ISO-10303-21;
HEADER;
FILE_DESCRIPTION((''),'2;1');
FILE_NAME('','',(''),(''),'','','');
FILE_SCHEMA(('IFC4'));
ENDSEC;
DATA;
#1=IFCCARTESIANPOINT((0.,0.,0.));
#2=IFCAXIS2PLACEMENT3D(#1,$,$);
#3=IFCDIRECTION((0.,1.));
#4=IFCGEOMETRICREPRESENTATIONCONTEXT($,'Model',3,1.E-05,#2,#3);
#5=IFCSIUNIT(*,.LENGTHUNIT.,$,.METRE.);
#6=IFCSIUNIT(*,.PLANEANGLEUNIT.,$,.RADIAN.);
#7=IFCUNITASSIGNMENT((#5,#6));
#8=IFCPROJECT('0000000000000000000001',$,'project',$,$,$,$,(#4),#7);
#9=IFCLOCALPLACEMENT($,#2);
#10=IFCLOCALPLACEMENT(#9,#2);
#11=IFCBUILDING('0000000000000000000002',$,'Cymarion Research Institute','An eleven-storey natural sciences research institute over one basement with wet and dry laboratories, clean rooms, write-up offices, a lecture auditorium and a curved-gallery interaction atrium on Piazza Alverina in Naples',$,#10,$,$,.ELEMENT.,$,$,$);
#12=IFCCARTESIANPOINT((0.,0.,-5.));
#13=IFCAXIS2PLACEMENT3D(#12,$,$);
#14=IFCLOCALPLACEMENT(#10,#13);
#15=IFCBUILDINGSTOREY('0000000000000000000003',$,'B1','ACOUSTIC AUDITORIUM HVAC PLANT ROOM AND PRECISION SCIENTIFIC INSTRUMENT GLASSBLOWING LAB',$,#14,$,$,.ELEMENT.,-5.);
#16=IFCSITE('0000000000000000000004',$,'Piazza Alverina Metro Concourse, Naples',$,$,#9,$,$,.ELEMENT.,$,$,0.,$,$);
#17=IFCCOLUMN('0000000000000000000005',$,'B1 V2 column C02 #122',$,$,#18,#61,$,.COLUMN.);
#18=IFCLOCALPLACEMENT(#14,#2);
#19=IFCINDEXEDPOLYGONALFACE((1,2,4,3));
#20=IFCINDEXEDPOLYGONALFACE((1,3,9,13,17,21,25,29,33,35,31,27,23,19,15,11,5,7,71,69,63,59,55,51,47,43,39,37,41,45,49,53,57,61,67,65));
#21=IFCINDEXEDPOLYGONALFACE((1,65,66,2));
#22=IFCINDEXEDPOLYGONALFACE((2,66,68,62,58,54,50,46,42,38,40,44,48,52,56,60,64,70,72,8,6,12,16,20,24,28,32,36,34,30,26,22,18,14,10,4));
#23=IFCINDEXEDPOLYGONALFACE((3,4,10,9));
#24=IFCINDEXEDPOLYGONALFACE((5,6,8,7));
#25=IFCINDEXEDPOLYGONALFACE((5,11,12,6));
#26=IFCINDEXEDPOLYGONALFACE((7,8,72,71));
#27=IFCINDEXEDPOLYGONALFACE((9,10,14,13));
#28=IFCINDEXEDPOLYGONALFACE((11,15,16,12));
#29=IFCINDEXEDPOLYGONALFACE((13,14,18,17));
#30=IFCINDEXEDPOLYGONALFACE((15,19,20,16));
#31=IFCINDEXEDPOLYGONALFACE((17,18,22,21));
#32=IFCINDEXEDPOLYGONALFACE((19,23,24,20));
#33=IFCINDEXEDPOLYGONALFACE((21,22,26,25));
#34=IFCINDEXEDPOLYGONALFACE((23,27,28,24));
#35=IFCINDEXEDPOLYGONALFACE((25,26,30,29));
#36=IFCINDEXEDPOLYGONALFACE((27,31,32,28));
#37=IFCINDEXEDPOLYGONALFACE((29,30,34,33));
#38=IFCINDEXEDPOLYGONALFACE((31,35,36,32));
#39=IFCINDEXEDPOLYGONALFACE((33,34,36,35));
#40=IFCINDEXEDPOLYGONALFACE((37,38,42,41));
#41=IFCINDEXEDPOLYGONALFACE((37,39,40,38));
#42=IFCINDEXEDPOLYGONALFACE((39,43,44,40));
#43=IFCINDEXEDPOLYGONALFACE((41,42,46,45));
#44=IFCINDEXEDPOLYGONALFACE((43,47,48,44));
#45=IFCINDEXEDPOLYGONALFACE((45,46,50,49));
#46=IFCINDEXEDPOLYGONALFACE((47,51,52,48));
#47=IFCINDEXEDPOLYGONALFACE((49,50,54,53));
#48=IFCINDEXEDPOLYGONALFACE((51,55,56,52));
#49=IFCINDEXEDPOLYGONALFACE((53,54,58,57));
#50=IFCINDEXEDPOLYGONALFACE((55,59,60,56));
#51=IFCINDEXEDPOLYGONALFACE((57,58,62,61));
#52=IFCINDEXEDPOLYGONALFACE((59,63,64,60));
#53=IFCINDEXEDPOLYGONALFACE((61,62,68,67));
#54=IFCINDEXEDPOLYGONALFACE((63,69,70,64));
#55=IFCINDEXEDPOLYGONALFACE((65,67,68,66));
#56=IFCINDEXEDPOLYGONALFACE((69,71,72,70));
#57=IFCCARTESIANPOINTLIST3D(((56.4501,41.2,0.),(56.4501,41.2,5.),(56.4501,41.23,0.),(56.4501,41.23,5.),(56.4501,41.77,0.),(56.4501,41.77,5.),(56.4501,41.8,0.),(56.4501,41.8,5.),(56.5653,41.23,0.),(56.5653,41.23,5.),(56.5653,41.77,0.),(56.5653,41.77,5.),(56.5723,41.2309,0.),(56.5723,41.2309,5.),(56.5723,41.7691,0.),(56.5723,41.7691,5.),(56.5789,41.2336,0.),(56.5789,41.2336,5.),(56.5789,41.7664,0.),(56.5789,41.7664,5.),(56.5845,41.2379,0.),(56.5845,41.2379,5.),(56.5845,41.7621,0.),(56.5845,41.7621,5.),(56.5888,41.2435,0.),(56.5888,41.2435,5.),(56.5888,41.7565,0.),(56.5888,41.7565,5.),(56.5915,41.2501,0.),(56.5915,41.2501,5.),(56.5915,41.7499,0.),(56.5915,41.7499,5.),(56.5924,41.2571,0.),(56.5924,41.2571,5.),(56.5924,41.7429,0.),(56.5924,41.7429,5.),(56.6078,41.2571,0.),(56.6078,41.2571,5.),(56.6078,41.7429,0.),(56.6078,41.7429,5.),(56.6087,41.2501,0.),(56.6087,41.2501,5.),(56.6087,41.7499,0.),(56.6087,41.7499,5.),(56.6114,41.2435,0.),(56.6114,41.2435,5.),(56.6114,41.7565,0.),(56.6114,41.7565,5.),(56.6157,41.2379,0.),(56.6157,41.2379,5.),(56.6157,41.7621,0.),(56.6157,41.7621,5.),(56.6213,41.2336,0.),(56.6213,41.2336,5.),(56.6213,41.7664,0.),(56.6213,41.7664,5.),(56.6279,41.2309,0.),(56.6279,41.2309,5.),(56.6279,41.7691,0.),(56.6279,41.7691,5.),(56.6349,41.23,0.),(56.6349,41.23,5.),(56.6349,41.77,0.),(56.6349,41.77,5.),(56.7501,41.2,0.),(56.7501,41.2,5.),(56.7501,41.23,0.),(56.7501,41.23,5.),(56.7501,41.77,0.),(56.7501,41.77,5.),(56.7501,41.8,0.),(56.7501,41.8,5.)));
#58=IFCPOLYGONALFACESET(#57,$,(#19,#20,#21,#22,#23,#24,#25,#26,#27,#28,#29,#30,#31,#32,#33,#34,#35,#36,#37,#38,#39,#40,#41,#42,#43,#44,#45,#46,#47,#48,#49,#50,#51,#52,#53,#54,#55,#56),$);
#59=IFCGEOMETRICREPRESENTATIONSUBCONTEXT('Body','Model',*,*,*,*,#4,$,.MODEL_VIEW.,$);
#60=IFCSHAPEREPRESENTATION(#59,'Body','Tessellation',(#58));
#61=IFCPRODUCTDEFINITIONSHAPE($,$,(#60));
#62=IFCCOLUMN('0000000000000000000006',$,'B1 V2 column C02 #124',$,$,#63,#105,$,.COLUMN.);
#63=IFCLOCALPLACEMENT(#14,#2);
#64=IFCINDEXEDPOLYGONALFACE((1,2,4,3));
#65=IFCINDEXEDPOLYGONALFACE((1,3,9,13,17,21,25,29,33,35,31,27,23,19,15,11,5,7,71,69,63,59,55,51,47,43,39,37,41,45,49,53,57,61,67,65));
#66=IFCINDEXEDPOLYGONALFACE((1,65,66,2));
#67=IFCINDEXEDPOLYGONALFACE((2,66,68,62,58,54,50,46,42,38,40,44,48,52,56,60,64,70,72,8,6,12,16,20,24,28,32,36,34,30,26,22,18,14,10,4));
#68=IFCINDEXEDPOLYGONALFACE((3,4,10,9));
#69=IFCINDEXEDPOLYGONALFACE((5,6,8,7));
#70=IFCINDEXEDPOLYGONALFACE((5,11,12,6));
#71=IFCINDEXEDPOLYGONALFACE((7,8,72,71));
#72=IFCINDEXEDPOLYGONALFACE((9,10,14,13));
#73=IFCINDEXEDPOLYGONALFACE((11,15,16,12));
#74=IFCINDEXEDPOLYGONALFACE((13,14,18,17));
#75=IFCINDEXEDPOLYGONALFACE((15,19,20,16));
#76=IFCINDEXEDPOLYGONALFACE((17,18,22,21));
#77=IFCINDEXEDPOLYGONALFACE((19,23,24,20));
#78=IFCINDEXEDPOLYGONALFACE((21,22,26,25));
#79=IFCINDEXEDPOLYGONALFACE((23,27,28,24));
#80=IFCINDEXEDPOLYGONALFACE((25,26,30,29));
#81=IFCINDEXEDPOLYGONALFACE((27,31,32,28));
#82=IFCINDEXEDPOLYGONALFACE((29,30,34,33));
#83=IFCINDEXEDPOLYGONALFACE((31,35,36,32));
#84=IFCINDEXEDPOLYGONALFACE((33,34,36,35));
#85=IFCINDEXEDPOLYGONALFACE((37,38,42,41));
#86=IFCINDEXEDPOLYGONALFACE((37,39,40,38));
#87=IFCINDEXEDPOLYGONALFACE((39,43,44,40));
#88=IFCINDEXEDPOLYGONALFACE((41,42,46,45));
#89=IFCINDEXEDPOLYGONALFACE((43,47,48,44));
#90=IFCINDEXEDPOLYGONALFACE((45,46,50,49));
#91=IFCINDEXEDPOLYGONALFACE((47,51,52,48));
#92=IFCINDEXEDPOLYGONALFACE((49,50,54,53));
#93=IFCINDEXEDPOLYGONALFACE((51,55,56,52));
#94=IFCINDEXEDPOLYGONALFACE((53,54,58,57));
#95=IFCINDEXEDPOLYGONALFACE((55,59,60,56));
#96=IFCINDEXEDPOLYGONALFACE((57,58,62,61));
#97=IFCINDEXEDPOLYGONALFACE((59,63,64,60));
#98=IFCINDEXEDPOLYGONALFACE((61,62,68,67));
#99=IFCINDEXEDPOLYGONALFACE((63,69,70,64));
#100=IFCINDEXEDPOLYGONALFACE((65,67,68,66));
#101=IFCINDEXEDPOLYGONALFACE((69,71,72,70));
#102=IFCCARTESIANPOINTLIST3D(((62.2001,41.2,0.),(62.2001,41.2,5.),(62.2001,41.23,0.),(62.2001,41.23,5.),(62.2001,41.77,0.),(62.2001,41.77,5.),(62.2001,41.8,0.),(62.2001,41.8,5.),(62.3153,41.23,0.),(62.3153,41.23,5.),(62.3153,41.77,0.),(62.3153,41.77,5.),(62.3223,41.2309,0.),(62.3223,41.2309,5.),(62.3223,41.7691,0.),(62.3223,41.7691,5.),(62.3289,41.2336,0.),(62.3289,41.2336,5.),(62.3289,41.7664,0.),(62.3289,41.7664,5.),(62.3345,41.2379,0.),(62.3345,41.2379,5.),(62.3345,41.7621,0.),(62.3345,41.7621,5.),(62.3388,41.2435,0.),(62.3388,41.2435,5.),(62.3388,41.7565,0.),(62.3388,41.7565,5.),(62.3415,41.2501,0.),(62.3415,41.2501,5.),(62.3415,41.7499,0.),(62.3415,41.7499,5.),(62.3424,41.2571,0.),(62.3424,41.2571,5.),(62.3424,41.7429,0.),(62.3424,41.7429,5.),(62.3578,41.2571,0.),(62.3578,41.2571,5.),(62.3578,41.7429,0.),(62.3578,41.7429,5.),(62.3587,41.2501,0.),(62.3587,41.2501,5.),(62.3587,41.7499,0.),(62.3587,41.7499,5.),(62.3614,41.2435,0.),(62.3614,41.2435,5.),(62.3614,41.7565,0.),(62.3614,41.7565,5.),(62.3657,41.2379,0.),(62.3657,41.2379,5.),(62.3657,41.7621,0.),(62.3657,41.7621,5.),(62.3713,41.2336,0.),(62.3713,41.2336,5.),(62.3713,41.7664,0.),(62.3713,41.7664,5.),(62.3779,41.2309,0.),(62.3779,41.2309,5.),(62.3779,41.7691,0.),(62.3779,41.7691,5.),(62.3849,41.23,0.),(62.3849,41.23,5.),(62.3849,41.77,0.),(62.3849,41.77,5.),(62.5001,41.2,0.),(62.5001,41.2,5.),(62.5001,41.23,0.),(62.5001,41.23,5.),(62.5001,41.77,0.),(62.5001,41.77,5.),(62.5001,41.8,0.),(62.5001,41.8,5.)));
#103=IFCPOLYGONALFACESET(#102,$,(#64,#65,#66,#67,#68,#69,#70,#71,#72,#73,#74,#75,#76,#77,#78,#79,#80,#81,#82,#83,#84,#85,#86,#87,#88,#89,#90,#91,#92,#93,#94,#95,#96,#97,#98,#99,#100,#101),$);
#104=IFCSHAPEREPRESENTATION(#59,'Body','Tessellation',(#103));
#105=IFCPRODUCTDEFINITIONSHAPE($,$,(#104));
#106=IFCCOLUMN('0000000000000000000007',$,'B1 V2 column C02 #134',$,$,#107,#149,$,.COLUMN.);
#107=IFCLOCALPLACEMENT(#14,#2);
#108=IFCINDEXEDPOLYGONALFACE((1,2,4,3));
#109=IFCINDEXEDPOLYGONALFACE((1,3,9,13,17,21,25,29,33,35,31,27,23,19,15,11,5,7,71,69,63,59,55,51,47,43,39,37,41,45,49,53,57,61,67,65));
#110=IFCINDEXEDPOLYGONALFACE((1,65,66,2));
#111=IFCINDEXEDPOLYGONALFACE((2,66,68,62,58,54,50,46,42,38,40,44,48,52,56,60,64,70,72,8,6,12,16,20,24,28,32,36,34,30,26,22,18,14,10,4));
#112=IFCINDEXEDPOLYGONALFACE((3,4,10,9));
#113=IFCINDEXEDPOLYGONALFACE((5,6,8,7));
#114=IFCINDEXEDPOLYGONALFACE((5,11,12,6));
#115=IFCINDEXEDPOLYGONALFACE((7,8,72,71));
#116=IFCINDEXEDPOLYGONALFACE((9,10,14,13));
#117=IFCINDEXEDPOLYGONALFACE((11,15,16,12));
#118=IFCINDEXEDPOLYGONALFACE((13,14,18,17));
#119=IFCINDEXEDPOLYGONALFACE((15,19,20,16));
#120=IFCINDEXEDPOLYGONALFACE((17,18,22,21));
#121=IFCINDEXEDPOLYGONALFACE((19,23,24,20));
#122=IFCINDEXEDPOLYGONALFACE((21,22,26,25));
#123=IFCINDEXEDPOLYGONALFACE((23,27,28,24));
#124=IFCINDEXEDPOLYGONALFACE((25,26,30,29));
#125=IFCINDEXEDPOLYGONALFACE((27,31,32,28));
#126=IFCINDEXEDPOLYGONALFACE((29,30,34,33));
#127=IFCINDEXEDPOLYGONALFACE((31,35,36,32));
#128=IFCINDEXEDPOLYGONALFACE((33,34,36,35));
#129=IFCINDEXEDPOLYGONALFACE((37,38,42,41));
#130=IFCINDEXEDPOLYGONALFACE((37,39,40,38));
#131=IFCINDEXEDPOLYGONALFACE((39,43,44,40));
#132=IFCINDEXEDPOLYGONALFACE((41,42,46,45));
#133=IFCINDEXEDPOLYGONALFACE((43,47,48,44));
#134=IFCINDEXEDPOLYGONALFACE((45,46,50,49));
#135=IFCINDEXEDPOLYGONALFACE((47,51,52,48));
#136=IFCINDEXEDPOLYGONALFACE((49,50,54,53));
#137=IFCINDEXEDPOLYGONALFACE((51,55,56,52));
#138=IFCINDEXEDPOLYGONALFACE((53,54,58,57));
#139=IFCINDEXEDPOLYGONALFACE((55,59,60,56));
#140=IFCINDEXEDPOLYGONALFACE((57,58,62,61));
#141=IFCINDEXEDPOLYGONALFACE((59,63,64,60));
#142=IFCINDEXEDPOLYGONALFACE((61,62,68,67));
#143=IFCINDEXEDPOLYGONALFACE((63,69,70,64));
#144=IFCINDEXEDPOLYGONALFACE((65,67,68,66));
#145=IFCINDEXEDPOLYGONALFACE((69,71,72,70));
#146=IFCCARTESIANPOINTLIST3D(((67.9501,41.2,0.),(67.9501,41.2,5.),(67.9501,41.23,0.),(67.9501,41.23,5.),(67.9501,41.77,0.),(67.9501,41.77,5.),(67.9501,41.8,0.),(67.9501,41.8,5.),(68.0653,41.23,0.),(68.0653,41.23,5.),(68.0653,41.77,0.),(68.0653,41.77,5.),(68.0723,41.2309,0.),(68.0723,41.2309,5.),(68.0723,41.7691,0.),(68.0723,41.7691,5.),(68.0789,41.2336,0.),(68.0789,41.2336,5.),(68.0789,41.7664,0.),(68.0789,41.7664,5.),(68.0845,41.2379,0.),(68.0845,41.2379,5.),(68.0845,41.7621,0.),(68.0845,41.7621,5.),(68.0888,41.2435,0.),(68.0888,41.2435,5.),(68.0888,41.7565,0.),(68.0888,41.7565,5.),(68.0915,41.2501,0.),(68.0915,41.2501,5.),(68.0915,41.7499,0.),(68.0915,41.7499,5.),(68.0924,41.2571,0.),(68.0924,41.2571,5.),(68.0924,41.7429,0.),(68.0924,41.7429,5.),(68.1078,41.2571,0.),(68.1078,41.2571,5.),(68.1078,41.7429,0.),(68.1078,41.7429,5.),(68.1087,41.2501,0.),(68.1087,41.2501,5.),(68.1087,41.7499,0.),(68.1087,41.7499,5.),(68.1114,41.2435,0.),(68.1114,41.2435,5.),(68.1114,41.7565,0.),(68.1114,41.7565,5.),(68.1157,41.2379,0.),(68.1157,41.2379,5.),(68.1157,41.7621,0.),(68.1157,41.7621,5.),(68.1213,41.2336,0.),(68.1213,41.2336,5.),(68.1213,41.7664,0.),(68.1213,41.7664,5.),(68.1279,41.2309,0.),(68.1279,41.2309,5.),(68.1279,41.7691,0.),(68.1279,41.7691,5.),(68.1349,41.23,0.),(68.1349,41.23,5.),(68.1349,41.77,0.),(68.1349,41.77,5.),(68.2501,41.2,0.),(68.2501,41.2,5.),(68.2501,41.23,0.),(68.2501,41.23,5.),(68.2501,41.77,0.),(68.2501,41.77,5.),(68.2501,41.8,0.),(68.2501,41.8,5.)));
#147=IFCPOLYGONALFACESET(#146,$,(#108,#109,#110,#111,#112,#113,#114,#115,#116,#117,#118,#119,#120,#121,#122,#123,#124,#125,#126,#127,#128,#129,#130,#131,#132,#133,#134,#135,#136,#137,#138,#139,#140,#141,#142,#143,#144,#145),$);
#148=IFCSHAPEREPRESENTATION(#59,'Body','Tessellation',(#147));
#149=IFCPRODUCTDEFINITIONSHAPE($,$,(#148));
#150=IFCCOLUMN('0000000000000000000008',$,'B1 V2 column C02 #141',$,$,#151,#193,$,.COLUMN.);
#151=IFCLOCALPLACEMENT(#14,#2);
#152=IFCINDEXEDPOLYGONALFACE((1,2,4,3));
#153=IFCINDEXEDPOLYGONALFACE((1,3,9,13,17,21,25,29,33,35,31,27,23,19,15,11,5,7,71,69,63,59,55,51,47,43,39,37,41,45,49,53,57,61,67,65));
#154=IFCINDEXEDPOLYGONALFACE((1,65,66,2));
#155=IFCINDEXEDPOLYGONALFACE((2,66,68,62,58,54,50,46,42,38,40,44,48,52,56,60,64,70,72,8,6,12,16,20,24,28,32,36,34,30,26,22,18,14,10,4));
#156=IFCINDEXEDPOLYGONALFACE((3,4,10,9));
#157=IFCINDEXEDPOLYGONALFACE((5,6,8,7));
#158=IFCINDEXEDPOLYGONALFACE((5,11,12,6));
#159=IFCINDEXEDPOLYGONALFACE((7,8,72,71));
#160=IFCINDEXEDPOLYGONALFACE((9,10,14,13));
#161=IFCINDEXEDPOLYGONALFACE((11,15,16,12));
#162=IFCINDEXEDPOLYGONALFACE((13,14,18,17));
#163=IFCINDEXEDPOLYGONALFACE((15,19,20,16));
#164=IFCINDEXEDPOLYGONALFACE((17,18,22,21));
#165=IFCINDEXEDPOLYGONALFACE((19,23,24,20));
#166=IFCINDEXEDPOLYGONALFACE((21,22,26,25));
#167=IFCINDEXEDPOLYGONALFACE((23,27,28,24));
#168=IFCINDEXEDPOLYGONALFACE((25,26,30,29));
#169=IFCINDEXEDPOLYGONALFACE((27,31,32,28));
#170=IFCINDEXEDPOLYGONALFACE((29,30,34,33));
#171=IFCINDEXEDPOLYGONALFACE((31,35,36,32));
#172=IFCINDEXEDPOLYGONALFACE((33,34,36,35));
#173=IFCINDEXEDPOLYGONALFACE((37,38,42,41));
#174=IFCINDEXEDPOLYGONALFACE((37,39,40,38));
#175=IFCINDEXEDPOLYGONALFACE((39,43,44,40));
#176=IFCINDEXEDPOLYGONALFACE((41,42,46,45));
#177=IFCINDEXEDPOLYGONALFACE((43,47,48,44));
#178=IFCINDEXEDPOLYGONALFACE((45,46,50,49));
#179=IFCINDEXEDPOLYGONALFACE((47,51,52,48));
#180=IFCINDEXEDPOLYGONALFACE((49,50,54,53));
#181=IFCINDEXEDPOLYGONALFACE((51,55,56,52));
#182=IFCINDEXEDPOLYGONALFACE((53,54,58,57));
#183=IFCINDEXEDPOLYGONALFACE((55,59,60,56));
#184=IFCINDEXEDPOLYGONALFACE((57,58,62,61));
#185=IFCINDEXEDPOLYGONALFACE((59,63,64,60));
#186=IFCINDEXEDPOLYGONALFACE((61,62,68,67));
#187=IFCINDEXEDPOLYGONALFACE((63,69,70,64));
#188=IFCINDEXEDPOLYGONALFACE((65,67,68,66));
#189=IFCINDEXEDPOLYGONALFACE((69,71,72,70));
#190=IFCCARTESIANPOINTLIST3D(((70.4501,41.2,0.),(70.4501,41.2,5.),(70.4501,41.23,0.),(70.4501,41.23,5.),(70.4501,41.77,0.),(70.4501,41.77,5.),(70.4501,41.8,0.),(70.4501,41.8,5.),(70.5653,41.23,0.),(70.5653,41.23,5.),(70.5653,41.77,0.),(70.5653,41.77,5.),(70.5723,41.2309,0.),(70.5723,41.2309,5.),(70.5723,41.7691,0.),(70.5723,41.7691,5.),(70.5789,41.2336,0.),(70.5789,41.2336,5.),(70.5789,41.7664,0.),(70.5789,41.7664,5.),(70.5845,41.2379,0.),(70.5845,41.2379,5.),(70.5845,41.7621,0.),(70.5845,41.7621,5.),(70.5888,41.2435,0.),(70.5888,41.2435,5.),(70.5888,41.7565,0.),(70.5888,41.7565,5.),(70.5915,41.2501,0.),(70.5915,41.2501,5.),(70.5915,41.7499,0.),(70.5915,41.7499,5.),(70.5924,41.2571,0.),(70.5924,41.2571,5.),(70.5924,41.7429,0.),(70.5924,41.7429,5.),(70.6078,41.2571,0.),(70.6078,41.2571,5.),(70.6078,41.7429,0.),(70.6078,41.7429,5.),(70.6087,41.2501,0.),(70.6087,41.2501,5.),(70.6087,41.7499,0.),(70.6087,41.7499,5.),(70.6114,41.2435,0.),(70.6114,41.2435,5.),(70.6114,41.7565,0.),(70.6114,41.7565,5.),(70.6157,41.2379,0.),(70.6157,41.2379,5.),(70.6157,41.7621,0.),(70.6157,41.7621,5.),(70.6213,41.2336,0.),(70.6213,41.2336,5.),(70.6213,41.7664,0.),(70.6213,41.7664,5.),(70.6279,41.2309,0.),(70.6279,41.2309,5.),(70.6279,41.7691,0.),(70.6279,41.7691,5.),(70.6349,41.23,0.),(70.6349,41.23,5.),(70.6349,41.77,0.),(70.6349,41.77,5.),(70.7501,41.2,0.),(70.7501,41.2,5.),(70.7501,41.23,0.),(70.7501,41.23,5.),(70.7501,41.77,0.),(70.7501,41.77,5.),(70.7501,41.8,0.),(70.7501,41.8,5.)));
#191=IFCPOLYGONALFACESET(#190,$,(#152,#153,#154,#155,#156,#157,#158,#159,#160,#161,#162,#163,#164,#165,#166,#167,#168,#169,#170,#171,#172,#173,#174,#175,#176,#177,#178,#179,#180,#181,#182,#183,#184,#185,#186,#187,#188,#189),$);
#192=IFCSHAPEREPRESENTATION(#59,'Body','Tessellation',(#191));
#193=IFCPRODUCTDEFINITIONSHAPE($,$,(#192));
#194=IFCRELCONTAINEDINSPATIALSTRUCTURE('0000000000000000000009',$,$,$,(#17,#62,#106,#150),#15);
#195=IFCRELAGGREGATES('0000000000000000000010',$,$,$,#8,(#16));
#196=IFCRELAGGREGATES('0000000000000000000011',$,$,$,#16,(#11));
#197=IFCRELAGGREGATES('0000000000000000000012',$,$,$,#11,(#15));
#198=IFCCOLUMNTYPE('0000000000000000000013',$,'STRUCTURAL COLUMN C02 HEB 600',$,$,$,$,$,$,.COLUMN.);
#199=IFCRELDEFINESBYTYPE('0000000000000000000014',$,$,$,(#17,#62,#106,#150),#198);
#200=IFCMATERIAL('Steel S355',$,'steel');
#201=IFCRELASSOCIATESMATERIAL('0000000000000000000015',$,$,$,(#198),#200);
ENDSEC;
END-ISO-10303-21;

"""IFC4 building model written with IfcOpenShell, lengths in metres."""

from ifc_helpers import new_model, si_unit, direction, frame, origin, origin_2d, place, context, subcontext, project, spatial, i_section, extrude, material, material_profile, profile_set, type_object, element, save


model = new_model("IFC4")

# Units and contexts
model_context = context("Model", 3, precision=1e-05, world=origin(), true_north=direction((0.0, 1.0)))
body_context = subcontext(model_context, "Body", "Model", "MODEL_VIEW")
ifc_project = project(units=[si_unit("LENGTHUNIT", "METRE"), si_unit("PLANEANGLEUNIT", "RADIAN")], contexts=[model_context])

# Site, building, storey
site_placement = place(None, origin())
site = spatial("IfcSite", under=ifc_project, at=site_placement, Name="Piazza Alverina Metro Concourse, Naples", CompositionType="ELEMENT", RefElevation=0.0)
building_placement = place(site_placement, origin())
building = spatial("IfcBuilding", under=site, at=building_placement, Name="Cymarion Research Institute", Description="An eleven-storey natural sciences research institute over one basement with wet and dry laboratories, clean rooms, write-up offices, a lecture auditorium and a curved-gallery interaction atrium on Piazza Alverina in Naples", CompositionType="ELEMENT")
storey_placement = place(building_placement, frame((0.0, 0.0, -5.0)))
storey = spatial("IfcBuildingStorey", under=building, at=storey_placement, Name="B1", Description="ACOUSTIC AUDITORIUM HVAC PLANT ROOM AND PRECISION SCIENTIFIC INSTRUMENT GLASSBLOWING LAB", CompositionType="ELEMENT", Elevation=-5.0)

# Columns
ifc_material_1 = material(Name="Steel S355", Category="steel")
ifc_material_profile_1 = material_profile(ifc_material_1, i_section(OverallWidth=0.3, OverallDepth=0.6001, WebThickness=0.0154, FlangeThickness=0.03, FilletRadius=0.0271, at=origin_2d()), Name="HEB 600")
ifc_profile_set_1 = profile_set([ifc_material_profile_1], Name="Steel S355")
column_type_1 = type_object("IfcColumnType", Name="STRUCTURAL COLUMN C02 HEB 600", PredefinedType="COLUMN", material=ifc_profile_set_1)
for number, where, z_axis, x_axis, name in (
    (1, (56.6001, 41.5, 0.0), (0.0, 0.0, 1.0), (1.0, 0.0, 0.0), "B1 V2 column C02 #122"),
    (2, (62.3501, 41.5, 0.0), (0.0, 0.0, 1.0), (1.0, 0.0, 0.0), "B1 V2 column C02 #124"),
    (3, (68.1001, 41.5, 0.0), (0.0, 0.0, 1.0), (1.0, 0.0, 0.0), "B1 V2 column C02 #134"),
    (4, (70.6001, 41.5, 0.0), (0.0, 0.0, 1.0), (1.0, 0.0, 0.0), "B1 V2 column C02 #141"),
):
    element("IfcColumn", number, at=place(storey_placement, frame(where, z_axis=z_axis, x_axis=x_axis)), inside=storey, type_object=column_type_1, Name=name, PredefinedType="COLUMN", context=body_context, shape_type="SweptSolid", body=[
        extrude(i_section(OverallWidth=0.3, OverallDepth=0.6001, WebThickness=0.0154, FlangeThickness=0.03, FilletRadius=0.0271, at=origin_2d()), origin(), (0.0, 0.0, 1.0), 5.0),
    ])

save(model, "model.ifc")
